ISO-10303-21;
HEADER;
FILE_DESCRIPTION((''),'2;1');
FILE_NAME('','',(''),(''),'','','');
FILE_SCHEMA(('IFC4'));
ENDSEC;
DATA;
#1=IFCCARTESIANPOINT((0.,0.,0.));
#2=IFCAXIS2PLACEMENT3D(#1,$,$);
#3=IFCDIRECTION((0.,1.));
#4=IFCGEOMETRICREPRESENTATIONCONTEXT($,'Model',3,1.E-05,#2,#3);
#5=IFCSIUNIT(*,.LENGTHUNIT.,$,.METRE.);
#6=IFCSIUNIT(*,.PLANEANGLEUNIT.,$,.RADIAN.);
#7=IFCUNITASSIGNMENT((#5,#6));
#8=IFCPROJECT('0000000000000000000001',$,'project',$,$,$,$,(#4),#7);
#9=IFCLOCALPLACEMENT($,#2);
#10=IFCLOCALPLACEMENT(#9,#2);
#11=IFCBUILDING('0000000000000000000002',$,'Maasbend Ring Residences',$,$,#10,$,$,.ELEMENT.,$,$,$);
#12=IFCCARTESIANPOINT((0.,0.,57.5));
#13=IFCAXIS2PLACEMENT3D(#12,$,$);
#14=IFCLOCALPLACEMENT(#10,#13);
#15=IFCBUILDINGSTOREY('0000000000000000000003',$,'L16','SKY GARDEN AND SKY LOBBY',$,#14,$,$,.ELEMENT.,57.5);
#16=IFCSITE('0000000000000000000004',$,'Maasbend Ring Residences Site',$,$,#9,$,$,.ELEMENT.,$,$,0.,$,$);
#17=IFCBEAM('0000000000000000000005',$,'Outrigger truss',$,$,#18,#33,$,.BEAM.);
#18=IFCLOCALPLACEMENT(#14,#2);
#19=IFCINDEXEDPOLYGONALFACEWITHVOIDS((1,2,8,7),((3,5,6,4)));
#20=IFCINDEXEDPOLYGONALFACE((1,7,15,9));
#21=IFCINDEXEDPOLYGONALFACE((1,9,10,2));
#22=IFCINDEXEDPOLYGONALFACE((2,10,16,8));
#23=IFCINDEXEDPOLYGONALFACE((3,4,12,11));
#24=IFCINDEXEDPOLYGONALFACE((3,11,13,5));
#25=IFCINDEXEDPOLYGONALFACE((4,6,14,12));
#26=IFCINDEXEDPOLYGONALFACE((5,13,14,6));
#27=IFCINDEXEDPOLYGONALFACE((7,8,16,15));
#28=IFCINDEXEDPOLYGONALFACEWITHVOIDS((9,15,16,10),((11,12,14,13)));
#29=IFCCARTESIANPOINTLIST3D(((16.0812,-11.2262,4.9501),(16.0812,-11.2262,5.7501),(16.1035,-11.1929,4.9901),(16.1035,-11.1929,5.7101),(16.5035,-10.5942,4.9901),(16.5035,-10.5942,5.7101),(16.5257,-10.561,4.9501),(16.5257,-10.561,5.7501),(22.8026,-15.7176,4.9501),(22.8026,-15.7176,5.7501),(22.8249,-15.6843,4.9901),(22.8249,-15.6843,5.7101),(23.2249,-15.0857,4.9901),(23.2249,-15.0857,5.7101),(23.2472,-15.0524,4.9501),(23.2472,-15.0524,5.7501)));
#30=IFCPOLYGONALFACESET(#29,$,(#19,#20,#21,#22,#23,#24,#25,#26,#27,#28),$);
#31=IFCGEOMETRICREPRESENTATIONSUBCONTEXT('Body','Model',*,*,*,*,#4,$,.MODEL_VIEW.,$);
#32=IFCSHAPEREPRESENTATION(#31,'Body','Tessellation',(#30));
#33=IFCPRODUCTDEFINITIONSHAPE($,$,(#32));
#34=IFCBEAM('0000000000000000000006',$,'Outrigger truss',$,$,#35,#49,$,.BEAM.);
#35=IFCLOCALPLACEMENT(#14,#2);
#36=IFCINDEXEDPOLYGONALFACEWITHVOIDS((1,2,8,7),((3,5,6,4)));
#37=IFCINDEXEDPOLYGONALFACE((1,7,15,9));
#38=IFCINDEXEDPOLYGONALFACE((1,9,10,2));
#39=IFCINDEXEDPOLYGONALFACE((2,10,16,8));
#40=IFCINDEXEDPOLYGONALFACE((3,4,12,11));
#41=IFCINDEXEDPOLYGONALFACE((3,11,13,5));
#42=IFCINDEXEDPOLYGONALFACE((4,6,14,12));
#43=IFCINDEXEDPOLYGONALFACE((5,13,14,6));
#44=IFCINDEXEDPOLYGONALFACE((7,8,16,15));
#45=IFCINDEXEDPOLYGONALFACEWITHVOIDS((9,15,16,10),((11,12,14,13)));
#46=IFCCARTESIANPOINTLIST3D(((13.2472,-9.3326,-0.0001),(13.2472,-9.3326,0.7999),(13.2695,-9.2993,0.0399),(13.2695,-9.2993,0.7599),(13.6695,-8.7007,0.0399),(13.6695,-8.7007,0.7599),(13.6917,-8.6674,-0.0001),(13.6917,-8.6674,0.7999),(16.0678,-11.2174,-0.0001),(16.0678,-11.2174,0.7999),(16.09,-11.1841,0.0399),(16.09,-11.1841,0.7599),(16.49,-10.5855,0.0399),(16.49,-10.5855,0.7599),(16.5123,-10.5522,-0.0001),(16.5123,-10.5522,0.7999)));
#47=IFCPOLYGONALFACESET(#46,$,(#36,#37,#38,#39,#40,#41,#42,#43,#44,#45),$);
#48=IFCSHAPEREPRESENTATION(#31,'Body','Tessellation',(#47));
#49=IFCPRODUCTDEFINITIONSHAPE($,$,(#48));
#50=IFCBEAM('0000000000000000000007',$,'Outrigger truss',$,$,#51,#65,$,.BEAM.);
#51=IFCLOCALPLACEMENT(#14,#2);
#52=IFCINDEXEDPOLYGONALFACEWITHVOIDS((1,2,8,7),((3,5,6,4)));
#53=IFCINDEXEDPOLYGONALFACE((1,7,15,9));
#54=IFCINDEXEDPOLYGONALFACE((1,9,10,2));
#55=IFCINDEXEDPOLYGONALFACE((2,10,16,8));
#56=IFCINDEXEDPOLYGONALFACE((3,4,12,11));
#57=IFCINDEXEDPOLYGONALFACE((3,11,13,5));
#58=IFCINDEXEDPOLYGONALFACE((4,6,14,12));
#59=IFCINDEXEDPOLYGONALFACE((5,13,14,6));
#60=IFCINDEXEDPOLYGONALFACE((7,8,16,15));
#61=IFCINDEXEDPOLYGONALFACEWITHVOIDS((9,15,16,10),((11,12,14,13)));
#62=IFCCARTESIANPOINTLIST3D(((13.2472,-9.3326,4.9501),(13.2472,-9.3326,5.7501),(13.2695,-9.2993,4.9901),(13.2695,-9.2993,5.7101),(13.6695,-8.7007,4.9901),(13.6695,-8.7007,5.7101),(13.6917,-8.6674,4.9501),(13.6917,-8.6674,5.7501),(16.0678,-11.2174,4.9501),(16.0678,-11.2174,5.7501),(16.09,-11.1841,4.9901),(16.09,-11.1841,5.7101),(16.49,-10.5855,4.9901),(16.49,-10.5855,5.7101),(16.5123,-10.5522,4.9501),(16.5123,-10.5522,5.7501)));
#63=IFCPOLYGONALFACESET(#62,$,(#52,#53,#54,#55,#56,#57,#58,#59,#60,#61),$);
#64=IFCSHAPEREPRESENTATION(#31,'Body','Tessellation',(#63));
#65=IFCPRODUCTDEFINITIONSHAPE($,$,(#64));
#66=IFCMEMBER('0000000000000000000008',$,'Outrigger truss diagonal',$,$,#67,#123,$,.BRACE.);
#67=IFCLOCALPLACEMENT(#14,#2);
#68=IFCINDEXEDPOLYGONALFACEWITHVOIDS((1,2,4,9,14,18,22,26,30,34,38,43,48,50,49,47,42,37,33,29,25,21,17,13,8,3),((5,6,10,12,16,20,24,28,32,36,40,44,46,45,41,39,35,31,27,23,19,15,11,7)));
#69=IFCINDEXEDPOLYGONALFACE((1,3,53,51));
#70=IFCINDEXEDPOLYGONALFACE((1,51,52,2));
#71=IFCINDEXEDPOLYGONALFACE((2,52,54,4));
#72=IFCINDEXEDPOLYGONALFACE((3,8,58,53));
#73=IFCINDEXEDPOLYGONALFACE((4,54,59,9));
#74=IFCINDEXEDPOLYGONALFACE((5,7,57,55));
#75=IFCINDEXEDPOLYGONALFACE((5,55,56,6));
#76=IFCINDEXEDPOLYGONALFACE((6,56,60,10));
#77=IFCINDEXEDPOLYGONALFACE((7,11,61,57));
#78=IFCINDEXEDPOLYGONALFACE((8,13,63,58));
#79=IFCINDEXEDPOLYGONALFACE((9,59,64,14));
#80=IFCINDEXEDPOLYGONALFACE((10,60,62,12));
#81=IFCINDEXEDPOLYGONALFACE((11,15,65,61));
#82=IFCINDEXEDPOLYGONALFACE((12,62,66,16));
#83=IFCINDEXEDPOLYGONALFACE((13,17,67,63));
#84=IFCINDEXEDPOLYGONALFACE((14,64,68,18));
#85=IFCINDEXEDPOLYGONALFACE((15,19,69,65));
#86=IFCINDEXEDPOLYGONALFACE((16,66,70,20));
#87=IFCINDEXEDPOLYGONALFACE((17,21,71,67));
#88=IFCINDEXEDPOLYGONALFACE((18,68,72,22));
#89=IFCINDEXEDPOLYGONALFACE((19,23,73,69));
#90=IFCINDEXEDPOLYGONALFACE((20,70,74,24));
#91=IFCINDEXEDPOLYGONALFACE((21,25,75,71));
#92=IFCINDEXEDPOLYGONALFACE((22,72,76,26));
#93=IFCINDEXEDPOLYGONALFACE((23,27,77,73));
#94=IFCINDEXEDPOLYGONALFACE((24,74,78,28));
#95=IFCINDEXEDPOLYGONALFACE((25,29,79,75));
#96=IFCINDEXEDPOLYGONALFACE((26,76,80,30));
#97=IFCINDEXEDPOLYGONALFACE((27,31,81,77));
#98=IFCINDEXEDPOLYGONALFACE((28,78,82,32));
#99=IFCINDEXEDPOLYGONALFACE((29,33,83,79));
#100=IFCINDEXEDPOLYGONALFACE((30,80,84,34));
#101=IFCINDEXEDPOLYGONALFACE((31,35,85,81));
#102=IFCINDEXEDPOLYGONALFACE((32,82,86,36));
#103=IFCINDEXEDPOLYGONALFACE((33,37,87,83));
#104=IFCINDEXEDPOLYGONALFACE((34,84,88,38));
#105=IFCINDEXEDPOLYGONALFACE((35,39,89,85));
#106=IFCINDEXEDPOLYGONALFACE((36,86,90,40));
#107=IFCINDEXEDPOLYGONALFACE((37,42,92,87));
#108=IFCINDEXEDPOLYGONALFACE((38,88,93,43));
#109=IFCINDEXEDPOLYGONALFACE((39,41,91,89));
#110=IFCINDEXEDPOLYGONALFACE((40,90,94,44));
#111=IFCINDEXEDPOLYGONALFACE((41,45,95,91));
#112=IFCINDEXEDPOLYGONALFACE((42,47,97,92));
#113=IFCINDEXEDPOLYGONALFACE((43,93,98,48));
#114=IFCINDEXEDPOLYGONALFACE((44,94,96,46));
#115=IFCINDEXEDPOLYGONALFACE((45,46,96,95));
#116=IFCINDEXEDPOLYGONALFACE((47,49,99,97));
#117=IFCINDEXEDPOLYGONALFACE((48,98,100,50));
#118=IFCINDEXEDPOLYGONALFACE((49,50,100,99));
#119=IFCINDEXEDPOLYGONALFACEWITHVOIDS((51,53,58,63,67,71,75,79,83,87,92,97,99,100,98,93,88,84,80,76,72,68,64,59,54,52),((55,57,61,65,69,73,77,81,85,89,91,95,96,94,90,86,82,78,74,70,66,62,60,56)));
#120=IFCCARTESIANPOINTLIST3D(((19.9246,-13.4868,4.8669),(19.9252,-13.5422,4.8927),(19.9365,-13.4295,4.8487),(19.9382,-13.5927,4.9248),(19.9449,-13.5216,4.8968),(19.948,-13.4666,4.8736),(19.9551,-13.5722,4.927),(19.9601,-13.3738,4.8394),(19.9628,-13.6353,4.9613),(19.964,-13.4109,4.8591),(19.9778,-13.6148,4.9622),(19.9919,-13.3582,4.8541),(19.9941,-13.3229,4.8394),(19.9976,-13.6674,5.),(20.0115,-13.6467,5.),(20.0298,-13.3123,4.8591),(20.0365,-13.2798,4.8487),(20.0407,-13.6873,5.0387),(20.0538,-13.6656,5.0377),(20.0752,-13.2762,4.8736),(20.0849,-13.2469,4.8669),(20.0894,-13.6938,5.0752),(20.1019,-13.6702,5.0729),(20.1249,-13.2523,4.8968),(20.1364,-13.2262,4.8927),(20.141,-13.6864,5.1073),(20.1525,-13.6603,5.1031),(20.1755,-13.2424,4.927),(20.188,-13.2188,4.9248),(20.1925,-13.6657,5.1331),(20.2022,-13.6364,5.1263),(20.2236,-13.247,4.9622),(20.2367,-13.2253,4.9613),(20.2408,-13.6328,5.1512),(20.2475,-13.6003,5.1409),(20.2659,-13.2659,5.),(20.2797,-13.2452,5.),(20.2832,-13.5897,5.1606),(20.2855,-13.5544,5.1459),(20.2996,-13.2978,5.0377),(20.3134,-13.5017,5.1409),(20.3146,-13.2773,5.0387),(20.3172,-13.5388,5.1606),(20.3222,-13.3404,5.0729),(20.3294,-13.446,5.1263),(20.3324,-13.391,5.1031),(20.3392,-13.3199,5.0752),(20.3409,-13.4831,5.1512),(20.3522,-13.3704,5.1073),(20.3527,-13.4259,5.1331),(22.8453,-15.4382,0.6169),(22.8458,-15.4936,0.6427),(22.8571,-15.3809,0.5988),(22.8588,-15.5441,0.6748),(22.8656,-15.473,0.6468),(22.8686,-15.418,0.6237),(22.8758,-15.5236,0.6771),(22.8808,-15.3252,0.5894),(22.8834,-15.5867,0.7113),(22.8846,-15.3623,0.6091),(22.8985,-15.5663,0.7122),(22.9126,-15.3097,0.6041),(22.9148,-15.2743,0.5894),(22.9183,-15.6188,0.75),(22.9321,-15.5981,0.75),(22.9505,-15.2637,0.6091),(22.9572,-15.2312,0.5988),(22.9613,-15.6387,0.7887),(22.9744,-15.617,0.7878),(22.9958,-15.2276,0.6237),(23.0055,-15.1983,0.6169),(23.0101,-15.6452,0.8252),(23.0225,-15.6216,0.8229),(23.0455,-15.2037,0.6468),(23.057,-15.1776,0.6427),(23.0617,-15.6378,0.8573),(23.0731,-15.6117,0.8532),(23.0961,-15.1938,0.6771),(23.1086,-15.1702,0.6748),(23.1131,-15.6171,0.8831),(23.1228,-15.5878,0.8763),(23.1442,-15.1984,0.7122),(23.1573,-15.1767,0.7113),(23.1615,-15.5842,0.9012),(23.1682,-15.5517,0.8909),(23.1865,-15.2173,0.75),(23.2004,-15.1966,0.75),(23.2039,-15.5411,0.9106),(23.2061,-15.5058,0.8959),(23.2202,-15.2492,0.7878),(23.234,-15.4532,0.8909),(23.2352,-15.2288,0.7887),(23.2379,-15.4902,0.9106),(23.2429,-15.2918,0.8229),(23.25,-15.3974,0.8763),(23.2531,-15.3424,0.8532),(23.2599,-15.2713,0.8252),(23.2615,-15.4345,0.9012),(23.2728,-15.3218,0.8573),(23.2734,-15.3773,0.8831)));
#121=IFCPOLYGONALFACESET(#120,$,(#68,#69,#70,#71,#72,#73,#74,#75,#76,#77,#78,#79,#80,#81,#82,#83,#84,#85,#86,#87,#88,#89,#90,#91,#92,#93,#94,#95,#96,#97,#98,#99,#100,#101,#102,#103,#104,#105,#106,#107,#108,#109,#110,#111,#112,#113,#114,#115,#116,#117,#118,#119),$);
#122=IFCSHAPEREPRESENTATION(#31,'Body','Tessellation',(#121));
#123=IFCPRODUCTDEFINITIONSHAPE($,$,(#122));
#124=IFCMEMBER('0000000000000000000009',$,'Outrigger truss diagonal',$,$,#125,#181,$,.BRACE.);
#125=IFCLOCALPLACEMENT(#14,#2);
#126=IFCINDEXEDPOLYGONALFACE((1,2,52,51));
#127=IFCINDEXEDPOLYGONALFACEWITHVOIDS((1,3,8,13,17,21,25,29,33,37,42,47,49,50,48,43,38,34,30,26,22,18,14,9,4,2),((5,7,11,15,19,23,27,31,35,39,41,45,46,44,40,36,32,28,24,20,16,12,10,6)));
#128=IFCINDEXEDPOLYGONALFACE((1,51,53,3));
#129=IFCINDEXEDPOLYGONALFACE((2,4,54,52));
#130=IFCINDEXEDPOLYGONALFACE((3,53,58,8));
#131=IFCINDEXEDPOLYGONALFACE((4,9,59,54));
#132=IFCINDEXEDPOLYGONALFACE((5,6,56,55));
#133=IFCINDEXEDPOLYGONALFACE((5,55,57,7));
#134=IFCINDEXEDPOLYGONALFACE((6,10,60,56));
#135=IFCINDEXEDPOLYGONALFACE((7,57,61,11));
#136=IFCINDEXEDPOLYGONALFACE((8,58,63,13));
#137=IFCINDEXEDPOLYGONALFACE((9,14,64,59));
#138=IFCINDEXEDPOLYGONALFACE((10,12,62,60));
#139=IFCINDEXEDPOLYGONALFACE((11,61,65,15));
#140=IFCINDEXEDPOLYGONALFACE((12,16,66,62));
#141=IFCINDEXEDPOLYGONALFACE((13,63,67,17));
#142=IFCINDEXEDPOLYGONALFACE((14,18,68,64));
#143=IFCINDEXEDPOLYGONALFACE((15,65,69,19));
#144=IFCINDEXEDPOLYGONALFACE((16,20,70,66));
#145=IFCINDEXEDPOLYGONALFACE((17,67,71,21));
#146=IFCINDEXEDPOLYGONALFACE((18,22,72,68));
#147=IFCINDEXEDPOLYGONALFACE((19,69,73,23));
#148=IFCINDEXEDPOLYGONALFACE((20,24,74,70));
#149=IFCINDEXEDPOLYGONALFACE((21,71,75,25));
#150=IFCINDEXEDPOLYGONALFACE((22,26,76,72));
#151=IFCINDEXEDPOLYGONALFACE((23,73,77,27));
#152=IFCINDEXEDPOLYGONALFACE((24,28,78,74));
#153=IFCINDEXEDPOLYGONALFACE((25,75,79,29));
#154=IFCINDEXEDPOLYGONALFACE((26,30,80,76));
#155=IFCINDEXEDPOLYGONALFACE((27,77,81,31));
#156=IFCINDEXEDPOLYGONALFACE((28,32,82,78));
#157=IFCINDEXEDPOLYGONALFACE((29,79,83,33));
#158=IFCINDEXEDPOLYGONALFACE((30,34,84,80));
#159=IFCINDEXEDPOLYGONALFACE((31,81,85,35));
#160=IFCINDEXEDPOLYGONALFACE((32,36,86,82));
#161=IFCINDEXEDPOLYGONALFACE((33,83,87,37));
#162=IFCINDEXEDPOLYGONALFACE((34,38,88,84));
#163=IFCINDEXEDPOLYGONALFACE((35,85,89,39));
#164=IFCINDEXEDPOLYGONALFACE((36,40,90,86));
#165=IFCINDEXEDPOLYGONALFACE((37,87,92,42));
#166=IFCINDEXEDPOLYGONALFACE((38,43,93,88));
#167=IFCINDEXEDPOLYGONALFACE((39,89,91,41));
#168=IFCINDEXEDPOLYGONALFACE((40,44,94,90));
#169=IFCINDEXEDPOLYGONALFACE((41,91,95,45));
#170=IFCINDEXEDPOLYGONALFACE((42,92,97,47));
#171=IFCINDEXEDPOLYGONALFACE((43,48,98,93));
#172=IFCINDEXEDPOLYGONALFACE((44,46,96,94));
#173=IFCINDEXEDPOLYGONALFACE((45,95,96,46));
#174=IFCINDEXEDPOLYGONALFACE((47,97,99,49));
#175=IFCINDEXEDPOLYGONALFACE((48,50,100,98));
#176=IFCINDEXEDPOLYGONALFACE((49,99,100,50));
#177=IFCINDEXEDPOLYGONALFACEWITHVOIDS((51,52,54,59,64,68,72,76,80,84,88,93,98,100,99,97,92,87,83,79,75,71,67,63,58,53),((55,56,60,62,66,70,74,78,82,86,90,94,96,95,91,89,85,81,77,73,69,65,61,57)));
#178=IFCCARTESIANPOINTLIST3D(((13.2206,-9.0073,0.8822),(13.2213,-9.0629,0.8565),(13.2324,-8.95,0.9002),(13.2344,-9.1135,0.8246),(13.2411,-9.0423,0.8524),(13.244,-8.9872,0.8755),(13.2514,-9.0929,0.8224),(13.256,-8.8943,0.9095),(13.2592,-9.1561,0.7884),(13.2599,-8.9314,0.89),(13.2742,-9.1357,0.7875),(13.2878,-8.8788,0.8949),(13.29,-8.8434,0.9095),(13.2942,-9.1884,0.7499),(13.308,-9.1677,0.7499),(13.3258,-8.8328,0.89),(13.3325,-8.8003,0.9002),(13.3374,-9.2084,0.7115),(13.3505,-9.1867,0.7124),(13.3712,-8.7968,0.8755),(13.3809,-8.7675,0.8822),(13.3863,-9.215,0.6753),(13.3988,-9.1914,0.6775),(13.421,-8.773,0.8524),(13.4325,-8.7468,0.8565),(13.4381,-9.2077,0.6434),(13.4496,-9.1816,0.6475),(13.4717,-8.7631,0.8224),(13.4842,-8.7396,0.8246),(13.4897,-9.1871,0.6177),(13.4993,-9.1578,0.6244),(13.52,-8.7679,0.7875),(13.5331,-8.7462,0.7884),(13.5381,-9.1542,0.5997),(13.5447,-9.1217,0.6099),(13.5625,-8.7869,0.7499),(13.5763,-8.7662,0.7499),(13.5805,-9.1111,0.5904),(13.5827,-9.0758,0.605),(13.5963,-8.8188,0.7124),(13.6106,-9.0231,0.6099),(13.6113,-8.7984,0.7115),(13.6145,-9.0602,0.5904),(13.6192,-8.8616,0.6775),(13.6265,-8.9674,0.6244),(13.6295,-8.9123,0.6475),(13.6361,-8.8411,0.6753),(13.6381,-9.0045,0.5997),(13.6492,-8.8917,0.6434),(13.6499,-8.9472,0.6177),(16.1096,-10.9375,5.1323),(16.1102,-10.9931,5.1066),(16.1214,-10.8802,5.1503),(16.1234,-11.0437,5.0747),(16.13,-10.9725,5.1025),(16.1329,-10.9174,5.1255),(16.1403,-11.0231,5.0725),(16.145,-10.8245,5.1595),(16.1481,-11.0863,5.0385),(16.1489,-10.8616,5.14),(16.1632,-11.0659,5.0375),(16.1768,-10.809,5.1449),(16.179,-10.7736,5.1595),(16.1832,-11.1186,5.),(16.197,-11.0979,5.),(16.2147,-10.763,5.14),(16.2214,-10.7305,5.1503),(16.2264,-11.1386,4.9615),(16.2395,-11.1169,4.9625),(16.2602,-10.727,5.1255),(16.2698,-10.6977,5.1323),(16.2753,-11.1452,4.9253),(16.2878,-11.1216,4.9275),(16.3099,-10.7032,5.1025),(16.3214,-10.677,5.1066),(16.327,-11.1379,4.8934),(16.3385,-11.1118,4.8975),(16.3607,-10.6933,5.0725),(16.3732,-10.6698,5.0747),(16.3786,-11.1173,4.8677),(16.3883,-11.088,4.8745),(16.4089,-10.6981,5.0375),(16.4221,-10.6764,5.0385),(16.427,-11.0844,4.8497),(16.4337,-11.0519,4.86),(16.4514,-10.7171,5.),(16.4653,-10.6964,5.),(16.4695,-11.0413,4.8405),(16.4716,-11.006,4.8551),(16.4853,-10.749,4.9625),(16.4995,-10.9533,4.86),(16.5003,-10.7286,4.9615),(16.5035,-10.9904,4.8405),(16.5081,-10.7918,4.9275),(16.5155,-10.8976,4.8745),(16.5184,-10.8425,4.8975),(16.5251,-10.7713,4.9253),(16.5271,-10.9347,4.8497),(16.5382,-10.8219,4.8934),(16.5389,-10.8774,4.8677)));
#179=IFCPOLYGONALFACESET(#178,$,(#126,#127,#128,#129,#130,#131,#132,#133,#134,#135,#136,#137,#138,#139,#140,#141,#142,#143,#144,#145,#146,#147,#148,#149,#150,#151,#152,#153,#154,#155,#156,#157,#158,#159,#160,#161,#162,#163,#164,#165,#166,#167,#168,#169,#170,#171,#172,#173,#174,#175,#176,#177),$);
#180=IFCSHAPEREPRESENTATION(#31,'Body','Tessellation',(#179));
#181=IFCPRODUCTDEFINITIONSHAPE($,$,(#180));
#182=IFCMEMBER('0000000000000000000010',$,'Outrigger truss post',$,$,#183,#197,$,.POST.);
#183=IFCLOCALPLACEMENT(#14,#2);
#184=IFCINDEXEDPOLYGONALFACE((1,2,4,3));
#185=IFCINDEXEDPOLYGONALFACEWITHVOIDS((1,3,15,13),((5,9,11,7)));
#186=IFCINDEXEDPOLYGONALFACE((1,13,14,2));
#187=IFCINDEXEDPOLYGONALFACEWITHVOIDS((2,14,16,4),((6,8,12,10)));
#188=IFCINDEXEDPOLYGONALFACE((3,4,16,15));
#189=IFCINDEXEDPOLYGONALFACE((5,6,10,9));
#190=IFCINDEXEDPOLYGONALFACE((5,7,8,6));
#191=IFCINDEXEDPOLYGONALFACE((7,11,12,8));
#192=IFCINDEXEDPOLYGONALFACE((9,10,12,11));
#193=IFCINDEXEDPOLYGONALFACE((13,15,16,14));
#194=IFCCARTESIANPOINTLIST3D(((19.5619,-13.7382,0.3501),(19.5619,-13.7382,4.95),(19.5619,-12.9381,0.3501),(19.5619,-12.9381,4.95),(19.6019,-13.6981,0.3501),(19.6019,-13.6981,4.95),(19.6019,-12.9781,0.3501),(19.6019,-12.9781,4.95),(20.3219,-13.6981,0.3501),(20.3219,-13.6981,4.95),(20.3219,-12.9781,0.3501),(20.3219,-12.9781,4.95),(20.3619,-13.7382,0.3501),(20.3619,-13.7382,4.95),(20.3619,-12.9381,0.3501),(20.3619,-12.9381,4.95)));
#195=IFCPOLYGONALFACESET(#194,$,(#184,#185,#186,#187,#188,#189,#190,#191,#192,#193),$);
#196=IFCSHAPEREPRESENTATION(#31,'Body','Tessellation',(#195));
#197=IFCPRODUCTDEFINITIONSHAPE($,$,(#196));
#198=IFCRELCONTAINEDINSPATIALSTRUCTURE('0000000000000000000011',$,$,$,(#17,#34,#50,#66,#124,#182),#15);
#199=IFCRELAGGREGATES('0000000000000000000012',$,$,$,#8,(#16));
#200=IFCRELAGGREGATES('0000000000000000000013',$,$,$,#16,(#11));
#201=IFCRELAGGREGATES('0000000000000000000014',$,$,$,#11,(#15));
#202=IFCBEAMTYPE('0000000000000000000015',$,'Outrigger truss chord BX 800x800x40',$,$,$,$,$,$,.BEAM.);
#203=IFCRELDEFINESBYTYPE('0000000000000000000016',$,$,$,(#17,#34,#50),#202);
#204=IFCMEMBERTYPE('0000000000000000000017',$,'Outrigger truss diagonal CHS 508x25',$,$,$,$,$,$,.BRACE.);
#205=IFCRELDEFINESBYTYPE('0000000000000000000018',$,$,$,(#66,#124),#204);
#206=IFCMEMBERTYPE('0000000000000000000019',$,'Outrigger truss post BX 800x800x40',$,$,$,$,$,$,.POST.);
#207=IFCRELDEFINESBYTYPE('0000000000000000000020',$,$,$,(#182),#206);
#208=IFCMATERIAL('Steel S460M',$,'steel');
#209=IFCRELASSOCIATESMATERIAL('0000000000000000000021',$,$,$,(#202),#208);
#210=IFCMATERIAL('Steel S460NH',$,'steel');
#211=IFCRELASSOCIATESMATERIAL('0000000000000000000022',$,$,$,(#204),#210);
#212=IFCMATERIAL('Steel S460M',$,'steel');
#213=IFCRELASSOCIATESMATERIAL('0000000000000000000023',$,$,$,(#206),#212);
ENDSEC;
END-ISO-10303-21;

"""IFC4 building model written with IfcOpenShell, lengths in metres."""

from ifc_helpers import new_model, si_unit, direction, frame, origin, origin_2d, place, context, subcontext, project, spatial, hollow_rectangle, hollow_circle, extrude, material, material_profile, profile_set, type_object, element, save


model = new_model("IFC4")

# Units and contexts
model_context = context("Model", 3, precision=1e-05, world=origin(), true_north=direction((0.0, 1.0)))
body_context = subcontext(model_context, "Body", "Model", "MODEL_VIEW")
ifc_project = project(units=[si_unit("LENGTHUNIT", "METRE"), si_unit("PLANEANGLEUNIT", "RADIAN")], contexts=[model_context])

# Site, building, storey
site_placement = place(None, origin())
site = spatial("IfcSite", under=ifc_project, at=site_placement, Name="Maasbend Ring Residences Site", CompositionType="ELEMENT", RefElevation=0.0)
building_placement = place(site_placement, origin())
building = spatial("IfcBuilding", under=site, at=building_placement, Name="Maasbend Ring Residences", CompositionType="ELEMENT")
storey_placement = place(building_placement, frame((0.0, 0.0, 57.5)))
storey = spatial("IfcBuildingStorey", under=building, at=storey_placement, Name="L16", Description="SKY GARDEN AND SKY LOBBY", CompositionType="ELEMENT", Elevation=57.5)

# Beams
ifc_material_1 = material(Name="Steel S460M", Category="steel")
ifc_material_profile_1 = material_profile(ifc_material_1, hollow_rectangle(XDim=0.8, YDim=0.8, WallThickness=0.04, at=origin_2d()), Name="Outrigger truss chord BX 800x800x40")
ifc_profile_set_1 = profile_set([ifc_material_profile_1], Name="Steel S460M")
beam_type_1 = type_object("IfcBeamType", Name="Outrigger truss chord BX 800x800x40", PredefinedType="BEAM", material=ifc_profile_set_1)
beam_1_placement = place(storey_placement, frame((23.0249, -15.385, 5.3501), z_axis=(-0.83145, 0.555599, 0.0), x_axis=(-0.555599, -0.83145, 0.0)))
element("IfcBeam", 1, at=beam_1_placement, inside=storey, type_object=beam_type_1, Name="Outrigger truss", PredefinedType="BEAM", context=body_context, shape_type="SweptSolid", body=[
    extrude(hollow_rectangle(XDim=0.8, YDim=0.8, WallThickness=0.04, at=origin_2d()), origin(), (0.0, 0.0, 1.0), 8.084),
])
for number, where, z_axis, x_axis, name in (
    (2, (16.29, -10.8848, 0.3999), (-0.831452, 0.555597, 0.0), (-0.555597, -0.831452, 0.0), "Outrigger truss"),
    (3, (16.29, -10.8848, 5.3501), (-0.831452, 0.555597, 0.0), (-0.555597, -0.831452, 0.0), "Outrigger truss"),
):
    element("IfcBeam", number, at=place(storey_placement, frame(where, z_axis=z_axis, x_axis=x_axis)), inside=storey, type_object=beam_type_1, Name=name, PredefinedType="BEAM", context=body_context, shape_type="SweptSolid", body=[
        extrude(hollow_rectangle(XDim=0.8, YDim=0.8, WallThickness=0.04, at=origin_2d()), origin(), (0.0, 0.0, 1.0), 3.3923),
    ])

# Members
ifc_material_2 = material(Name="Steel S460NH", Category="steel")
ifc_material_profile_2 = material_profile(ifc_material_2, hollow_circle(Radius=0.2539, WallThickness=0.0249, at=origin_2d()), Name="Outrigger truss diagonal CHS 508x25")
ifc_profile_set_2 = profile_set([ifc_material_profile_2], Name="Steel S460NH")
member_type_1 = type_object("IfcMemberType", Name="Outrigger truss diagonal CHS 508x25", PredefinedType="BRACE", material=ifc_profile_set_2)
member_1_placement = place(storey_placement, frame((23.0593, -15.4077, 0.75), z_axis=(-0.52971, 0.353922, 0.770809), x_axis=(-0.55555, -0.831483, 0.0)))
element("IfcMember", 4, at=member_1_placement, inside=storey, type_object=member_type_1, Name="Outrigger truss diagonal", PredefinedType="BRACE", context=body_context, shape_type="SweptSolid", body=[
    extrude(hollow_circle(Radius=0.2539, WallThickness=0.0249, at=origin_2d()), origin(), (0.0, 0.0, 1.0), 5.5137),
])
member_2_placement = place(storey_placement, frame((16.3242, -10.9075, 5.0), z_axis=(-0.526268, 0.351616, -0.774214), x_axis=(-0.555543, -0.831488, 0.0)))
element("IfcMember", 5, at=member_2_placement, inside=storey, type_object=member_type_1, Name="Outrigger truss diagonal", PredefinedType="BRACE", context=body_context, shape_type="SweptSolid", body=[
    extrude(hollow_circle(Radius=0.2539, WallThickness=0.0249, at=origin_2d()), origin(), (0.0, 0.0, 1.0), 5.4895),
])
ifc_material_3 = material(Name="Steel S460M", Category="steel")
ifc_material_profile_3 = material_profile(ifc_material_3, hollow_rectangle(XDim=0.8, YDim=0.8, WallThickness=0.04, at=origin_2d()), Name="Outrigger truss post BX 800x800x40")
ifc_profile_set_3 = profile_set([ifc_material_profile_3], Name="Steel S460M")
member_type_2 = type_object("IfcMemberType", Name="Outrigger truss post BX 800x800x40", PredefinedType="POST", material=ifc_profile_set_3)
member_3_placement = place(storey_placement, frame((19.9619, -13.3381, 0.3501), z_axis=(0.0, 0.0, 1.0), x_axis=(1.0, 0.0, 0.0)))
element("IfcMember", 6, at=member_3_placement, inside=storey, type_object=member_type_2, Name="Outrigger truss post", PredefinedType="POST", context=body_context, shape_type="SweptSolid", body=[
    extrude(hollow_rectangle(XDim=0.8, YDim=0.8, WallThickness=0.04, at=origin_2d()), origin(), (0.0, 0.0, 1.0), 4.5999),
])

save(model, "model.ifc")
